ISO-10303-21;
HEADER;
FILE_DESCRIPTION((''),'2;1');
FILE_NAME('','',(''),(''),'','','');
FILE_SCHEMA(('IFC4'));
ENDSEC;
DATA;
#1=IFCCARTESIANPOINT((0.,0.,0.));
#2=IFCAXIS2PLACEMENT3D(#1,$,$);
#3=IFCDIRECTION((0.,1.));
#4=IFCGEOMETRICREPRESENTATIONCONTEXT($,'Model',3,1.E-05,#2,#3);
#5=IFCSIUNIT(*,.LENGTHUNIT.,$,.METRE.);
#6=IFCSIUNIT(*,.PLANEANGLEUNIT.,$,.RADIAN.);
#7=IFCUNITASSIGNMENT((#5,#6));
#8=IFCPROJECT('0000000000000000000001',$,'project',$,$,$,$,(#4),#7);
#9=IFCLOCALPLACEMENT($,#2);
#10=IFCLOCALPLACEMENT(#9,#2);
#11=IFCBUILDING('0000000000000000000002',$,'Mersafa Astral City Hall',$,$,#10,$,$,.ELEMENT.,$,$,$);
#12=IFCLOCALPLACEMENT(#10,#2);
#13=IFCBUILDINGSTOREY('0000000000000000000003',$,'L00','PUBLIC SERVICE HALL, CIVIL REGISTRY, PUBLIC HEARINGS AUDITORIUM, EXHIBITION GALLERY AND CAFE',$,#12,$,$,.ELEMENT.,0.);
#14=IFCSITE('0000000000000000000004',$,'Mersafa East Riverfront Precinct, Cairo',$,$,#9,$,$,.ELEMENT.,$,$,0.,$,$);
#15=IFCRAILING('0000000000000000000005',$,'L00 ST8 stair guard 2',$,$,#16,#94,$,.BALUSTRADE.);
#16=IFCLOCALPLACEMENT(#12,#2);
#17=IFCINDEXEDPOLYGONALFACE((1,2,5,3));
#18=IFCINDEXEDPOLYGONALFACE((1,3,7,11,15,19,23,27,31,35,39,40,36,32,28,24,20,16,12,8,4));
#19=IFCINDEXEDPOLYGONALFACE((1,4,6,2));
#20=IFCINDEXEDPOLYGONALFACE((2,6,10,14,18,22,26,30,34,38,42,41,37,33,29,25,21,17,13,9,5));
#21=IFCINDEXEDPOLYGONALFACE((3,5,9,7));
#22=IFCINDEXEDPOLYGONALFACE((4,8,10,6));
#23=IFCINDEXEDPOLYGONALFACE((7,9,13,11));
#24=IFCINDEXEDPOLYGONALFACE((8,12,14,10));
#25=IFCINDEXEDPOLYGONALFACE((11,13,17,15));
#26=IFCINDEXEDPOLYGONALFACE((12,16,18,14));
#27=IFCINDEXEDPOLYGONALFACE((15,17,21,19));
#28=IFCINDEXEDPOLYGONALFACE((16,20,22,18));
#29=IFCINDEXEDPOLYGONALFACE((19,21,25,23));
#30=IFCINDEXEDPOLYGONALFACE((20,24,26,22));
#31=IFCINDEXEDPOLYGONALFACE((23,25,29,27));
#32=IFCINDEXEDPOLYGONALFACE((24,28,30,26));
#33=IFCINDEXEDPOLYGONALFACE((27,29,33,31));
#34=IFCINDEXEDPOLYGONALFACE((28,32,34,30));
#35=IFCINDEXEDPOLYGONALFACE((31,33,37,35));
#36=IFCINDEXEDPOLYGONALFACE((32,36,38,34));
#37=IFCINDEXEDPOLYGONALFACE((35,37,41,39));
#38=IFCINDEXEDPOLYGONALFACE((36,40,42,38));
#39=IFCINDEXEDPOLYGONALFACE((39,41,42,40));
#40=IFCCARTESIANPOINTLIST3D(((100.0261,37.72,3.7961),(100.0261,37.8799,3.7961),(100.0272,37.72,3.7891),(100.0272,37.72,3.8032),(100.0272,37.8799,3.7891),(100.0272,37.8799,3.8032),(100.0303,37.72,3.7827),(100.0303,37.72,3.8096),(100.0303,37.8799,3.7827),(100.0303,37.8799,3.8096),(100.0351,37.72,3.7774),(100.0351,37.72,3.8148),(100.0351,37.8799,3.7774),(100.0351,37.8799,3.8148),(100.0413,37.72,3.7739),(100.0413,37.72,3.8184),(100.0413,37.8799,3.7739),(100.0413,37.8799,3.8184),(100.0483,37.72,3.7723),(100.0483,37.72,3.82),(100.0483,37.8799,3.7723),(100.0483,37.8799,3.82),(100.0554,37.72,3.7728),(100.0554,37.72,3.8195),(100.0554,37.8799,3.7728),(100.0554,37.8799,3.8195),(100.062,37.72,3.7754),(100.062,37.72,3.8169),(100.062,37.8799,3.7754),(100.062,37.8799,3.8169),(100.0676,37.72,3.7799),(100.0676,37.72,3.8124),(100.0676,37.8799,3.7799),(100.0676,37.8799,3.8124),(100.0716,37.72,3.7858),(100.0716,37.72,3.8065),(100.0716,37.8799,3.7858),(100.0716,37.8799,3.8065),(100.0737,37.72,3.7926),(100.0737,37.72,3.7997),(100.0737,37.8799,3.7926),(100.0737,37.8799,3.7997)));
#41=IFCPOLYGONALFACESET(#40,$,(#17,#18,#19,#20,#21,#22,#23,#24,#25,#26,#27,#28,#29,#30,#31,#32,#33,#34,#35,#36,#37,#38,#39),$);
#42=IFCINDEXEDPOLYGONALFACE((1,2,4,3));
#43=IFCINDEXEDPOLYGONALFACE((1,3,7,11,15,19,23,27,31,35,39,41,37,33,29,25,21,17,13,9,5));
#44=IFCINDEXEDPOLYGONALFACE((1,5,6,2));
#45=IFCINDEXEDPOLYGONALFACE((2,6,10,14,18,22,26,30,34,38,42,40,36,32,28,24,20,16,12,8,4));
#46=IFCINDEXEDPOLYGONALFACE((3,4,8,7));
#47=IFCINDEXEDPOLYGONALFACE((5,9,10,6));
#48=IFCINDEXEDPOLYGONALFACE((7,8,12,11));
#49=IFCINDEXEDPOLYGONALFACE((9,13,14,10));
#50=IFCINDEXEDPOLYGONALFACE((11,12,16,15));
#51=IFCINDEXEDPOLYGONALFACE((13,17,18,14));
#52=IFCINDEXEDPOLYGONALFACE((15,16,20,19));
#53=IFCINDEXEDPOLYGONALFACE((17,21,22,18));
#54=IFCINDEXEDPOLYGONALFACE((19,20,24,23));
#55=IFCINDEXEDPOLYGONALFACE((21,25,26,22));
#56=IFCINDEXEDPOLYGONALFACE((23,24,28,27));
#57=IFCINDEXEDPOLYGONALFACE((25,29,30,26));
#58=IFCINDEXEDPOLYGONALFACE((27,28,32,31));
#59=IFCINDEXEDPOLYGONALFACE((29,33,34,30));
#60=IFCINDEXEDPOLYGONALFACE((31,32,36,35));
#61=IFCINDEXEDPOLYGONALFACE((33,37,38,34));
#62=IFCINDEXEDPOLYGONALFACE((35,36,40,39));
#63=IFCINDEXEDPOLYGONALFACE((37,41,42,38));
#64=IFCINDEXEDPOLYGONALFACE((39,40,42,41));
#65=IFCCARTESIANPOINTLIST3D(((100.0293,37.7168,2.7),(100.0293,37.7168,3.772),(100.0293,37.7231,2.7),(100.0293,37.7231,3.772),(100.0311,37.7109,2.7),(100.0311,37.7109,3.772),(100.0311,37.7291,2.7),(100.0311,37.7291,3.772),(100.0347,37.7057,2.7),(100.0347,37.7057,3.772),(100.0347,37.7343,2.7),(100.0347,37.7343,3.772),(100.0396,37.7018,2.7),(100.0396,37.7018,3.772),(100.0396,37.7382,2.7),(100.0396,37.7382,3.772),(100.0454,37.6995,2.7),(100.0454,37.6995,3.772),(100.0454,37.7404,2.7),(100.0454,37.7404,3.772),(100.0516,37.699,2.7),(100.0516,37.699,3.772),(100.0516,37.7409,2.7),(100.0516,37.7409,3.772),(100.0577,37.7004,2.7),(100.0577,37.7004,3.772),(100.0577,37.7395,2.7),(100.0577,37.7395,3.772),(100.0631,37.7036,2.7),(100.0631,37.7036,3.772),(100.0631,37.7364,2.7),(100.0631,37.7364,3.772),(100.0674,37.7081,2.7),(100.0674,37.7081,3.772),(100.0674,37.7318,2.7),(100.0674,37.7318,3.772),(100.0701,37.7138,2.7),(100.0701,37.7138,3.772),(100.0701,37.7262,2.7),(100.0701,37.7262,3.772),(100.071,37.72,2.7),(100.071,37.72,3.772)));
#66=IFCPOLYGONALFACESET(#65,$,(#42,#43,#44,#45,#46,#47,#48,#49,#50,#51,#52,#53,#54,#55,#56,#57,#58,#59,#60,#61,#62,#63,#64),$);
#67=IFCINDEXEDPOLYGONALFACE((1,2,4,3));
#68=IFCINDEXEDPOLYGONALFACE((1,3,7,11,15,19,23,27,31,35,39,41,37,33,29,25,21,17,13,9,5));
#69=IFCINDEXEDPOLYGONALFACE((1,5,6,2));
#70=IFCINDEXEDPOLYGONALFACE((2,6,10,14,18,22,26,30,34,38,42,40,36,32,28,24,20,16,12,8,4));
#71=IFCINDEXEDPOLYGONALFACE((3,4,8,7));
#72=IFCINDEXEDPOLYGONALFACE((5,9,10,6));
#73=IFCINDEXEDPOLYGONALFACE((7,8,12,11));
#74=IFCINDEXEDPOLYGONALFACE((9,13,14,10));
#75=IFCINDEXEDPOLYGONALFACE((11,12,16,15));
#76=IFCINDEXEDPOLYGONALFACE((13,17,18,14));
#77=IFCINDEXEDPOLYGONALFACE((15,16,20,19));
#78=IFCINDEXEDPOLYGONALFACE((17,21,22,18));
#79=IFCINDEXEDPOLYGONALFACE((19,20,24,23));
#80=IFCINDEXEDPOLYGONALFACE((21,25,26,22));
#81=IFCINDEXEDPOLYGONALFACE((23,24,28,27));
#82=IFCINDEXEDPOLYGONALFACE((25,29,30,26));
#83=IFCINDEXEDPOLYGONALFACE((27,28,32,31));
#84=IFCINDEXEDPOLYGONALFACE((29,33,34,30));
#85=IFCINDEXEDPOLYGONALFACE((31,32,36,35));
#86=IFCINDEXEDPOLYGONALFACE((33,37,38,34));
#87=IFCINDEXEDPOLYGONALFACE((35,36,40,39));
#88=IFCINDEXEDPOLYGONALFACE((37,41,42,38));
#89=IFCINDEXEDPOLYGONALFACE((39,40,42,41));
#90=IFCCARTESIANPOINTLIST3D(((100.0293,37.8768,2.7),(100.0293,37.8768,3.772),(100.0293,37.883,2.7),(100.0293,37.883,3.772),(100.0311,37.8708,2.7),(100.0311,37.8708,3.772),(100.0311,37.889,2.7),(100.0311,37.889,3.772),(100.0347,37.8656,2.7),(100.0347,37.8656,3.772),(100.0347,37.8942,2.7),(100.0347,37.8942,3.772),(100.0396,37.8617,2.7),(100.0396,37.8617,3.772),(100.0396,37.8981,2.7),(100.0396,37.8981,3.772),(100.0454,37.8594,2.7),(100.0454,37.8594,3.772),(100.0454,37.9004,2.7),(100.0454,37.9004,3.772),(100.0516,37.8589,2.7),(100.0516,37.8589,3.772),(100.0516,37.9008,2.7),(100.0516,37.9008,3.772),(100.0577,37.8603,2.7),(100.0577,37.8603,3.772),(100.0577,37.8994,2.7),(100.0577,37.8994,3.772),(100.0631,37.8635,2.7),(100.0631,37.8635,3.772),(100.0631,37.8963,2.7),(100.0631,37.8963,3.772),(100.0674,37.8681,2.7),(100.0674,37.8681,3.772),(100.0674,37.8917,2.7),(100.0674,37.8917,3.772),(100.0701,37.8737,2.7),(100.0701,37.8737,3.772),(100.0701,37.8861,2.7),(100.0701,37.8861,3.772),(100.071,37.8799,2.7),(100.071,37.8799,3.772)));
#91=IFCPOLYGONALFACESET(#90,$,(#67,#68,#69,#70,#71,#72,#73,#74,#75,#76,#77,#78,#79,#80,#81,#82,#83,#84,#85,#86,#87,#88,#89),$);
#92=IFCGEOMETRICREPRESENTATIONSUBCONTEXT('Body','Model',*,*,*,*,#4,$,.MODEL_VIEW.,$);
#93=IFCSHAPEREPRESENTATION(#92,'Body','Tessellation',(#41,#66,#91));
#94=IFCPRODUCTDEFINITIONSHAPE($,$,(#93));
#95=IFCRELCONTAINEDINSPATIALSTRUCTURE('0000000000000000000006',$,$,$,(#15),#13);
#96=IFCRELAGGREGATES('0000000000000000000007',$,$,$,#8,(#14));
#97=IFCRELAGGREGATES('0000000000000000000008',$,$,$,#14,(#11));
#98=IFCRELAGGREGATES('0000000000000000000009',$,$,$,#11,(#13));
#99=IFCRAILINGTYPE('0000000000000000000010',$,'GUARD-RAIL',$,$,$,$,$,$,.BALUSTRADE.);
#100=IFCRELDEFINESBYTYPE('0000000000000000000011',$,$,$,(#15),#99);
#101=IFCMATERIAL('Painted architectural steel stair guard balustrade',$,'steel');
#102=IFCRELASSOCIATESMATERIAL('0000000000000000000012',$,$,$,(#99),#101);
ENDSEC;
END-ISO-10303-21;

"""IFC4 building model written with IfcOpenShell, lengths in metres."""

from ifc_helpers import new_model, si_unit, direction, frame, origin, origin_2d, place, context, subcontext, project, spatial, circle, extrude, material, type_object, element, save


model = new_model("IFC4")

# Units and contexts
model_context = context("Model", 3, precision=1e-05, world=origin(), true_north=direction((0.0, 1.0)))
body_context = subcontext(model_context, "Body", "Model", "MODEL_VIEW")
ifc_project = project(units=[si_unit("LENGTHUNIT", "METRE"), si_unit("PLANEANGLEUNIT", "RADIAN")], contexts=[model_context])

# Site, building, storey
site_placement = place(None, origin())
site = spatial("IfcSite", under=ifc_project, at=site_placement, Name="Mersafa East Riverfront Precinct, Cairo", CompositionType="ELEMENT", RefElevation=0.0)
building_placement = place(site_placement, origin())
building = spatial("IfcBuilding", under=site, at=building_placement, Name="Mersafa Astral City Hall", CompositionType="ELEMENT")
storey_placement = place(building_placement, origin())
storey = spatial("IfcBuildingStorey", under=building, at=storey_placement, Name="L00", Description="PUBLIC SERVICE HALL, CIVIL REGISTRY, PUBLIC HEARINGS AUDITORIUM, EXHIBITION GALLERY AND CAFE", CompositionType="ELEMENT", Elevation=0.0)

# Railing
ifc_material_1 = material(Name="Painted architectural steel stair guard balustrade", Category="steel")
railing_type_1 = type_object("IfcRailingType", Name="GUARD-RAIL", PredefinedType="BALUSTRADE", material=ifc_material_1)
railing_1_placement = place(storey_placement, frame((100.05, 37.72, 2.7)))
element("IfcRailing", 1, at=railing_1_placement, inside=storey, type_object=railing_type_1, Name="L00 ST8 stair guard 2", PredefinedType="BALUSTRADE", context=body_context, shape_type="SweptSolid", body=[
    extrude(circle(Radius=0.0239, at=origin_2d()), frame((0.0, 0.0, 1.0962), z_axis=(0.0, 1.0, 0.0), x_axis=(-1.0, 0.0, 0.0)), (0.0, 0.0, 1.0), 0.1599),
    extrude(circle(Radius=0.021, at=origin_2d()), origin(), (0.0, 0.0, 1.0), 1.072),
    extrude(circle(Radius=0.021, at=origin_2d()), frame((0.0, 0.1599, 0.0)), (0.0, 0.0, 1.0), 1.072),
])

save(model, "model.ifc")
